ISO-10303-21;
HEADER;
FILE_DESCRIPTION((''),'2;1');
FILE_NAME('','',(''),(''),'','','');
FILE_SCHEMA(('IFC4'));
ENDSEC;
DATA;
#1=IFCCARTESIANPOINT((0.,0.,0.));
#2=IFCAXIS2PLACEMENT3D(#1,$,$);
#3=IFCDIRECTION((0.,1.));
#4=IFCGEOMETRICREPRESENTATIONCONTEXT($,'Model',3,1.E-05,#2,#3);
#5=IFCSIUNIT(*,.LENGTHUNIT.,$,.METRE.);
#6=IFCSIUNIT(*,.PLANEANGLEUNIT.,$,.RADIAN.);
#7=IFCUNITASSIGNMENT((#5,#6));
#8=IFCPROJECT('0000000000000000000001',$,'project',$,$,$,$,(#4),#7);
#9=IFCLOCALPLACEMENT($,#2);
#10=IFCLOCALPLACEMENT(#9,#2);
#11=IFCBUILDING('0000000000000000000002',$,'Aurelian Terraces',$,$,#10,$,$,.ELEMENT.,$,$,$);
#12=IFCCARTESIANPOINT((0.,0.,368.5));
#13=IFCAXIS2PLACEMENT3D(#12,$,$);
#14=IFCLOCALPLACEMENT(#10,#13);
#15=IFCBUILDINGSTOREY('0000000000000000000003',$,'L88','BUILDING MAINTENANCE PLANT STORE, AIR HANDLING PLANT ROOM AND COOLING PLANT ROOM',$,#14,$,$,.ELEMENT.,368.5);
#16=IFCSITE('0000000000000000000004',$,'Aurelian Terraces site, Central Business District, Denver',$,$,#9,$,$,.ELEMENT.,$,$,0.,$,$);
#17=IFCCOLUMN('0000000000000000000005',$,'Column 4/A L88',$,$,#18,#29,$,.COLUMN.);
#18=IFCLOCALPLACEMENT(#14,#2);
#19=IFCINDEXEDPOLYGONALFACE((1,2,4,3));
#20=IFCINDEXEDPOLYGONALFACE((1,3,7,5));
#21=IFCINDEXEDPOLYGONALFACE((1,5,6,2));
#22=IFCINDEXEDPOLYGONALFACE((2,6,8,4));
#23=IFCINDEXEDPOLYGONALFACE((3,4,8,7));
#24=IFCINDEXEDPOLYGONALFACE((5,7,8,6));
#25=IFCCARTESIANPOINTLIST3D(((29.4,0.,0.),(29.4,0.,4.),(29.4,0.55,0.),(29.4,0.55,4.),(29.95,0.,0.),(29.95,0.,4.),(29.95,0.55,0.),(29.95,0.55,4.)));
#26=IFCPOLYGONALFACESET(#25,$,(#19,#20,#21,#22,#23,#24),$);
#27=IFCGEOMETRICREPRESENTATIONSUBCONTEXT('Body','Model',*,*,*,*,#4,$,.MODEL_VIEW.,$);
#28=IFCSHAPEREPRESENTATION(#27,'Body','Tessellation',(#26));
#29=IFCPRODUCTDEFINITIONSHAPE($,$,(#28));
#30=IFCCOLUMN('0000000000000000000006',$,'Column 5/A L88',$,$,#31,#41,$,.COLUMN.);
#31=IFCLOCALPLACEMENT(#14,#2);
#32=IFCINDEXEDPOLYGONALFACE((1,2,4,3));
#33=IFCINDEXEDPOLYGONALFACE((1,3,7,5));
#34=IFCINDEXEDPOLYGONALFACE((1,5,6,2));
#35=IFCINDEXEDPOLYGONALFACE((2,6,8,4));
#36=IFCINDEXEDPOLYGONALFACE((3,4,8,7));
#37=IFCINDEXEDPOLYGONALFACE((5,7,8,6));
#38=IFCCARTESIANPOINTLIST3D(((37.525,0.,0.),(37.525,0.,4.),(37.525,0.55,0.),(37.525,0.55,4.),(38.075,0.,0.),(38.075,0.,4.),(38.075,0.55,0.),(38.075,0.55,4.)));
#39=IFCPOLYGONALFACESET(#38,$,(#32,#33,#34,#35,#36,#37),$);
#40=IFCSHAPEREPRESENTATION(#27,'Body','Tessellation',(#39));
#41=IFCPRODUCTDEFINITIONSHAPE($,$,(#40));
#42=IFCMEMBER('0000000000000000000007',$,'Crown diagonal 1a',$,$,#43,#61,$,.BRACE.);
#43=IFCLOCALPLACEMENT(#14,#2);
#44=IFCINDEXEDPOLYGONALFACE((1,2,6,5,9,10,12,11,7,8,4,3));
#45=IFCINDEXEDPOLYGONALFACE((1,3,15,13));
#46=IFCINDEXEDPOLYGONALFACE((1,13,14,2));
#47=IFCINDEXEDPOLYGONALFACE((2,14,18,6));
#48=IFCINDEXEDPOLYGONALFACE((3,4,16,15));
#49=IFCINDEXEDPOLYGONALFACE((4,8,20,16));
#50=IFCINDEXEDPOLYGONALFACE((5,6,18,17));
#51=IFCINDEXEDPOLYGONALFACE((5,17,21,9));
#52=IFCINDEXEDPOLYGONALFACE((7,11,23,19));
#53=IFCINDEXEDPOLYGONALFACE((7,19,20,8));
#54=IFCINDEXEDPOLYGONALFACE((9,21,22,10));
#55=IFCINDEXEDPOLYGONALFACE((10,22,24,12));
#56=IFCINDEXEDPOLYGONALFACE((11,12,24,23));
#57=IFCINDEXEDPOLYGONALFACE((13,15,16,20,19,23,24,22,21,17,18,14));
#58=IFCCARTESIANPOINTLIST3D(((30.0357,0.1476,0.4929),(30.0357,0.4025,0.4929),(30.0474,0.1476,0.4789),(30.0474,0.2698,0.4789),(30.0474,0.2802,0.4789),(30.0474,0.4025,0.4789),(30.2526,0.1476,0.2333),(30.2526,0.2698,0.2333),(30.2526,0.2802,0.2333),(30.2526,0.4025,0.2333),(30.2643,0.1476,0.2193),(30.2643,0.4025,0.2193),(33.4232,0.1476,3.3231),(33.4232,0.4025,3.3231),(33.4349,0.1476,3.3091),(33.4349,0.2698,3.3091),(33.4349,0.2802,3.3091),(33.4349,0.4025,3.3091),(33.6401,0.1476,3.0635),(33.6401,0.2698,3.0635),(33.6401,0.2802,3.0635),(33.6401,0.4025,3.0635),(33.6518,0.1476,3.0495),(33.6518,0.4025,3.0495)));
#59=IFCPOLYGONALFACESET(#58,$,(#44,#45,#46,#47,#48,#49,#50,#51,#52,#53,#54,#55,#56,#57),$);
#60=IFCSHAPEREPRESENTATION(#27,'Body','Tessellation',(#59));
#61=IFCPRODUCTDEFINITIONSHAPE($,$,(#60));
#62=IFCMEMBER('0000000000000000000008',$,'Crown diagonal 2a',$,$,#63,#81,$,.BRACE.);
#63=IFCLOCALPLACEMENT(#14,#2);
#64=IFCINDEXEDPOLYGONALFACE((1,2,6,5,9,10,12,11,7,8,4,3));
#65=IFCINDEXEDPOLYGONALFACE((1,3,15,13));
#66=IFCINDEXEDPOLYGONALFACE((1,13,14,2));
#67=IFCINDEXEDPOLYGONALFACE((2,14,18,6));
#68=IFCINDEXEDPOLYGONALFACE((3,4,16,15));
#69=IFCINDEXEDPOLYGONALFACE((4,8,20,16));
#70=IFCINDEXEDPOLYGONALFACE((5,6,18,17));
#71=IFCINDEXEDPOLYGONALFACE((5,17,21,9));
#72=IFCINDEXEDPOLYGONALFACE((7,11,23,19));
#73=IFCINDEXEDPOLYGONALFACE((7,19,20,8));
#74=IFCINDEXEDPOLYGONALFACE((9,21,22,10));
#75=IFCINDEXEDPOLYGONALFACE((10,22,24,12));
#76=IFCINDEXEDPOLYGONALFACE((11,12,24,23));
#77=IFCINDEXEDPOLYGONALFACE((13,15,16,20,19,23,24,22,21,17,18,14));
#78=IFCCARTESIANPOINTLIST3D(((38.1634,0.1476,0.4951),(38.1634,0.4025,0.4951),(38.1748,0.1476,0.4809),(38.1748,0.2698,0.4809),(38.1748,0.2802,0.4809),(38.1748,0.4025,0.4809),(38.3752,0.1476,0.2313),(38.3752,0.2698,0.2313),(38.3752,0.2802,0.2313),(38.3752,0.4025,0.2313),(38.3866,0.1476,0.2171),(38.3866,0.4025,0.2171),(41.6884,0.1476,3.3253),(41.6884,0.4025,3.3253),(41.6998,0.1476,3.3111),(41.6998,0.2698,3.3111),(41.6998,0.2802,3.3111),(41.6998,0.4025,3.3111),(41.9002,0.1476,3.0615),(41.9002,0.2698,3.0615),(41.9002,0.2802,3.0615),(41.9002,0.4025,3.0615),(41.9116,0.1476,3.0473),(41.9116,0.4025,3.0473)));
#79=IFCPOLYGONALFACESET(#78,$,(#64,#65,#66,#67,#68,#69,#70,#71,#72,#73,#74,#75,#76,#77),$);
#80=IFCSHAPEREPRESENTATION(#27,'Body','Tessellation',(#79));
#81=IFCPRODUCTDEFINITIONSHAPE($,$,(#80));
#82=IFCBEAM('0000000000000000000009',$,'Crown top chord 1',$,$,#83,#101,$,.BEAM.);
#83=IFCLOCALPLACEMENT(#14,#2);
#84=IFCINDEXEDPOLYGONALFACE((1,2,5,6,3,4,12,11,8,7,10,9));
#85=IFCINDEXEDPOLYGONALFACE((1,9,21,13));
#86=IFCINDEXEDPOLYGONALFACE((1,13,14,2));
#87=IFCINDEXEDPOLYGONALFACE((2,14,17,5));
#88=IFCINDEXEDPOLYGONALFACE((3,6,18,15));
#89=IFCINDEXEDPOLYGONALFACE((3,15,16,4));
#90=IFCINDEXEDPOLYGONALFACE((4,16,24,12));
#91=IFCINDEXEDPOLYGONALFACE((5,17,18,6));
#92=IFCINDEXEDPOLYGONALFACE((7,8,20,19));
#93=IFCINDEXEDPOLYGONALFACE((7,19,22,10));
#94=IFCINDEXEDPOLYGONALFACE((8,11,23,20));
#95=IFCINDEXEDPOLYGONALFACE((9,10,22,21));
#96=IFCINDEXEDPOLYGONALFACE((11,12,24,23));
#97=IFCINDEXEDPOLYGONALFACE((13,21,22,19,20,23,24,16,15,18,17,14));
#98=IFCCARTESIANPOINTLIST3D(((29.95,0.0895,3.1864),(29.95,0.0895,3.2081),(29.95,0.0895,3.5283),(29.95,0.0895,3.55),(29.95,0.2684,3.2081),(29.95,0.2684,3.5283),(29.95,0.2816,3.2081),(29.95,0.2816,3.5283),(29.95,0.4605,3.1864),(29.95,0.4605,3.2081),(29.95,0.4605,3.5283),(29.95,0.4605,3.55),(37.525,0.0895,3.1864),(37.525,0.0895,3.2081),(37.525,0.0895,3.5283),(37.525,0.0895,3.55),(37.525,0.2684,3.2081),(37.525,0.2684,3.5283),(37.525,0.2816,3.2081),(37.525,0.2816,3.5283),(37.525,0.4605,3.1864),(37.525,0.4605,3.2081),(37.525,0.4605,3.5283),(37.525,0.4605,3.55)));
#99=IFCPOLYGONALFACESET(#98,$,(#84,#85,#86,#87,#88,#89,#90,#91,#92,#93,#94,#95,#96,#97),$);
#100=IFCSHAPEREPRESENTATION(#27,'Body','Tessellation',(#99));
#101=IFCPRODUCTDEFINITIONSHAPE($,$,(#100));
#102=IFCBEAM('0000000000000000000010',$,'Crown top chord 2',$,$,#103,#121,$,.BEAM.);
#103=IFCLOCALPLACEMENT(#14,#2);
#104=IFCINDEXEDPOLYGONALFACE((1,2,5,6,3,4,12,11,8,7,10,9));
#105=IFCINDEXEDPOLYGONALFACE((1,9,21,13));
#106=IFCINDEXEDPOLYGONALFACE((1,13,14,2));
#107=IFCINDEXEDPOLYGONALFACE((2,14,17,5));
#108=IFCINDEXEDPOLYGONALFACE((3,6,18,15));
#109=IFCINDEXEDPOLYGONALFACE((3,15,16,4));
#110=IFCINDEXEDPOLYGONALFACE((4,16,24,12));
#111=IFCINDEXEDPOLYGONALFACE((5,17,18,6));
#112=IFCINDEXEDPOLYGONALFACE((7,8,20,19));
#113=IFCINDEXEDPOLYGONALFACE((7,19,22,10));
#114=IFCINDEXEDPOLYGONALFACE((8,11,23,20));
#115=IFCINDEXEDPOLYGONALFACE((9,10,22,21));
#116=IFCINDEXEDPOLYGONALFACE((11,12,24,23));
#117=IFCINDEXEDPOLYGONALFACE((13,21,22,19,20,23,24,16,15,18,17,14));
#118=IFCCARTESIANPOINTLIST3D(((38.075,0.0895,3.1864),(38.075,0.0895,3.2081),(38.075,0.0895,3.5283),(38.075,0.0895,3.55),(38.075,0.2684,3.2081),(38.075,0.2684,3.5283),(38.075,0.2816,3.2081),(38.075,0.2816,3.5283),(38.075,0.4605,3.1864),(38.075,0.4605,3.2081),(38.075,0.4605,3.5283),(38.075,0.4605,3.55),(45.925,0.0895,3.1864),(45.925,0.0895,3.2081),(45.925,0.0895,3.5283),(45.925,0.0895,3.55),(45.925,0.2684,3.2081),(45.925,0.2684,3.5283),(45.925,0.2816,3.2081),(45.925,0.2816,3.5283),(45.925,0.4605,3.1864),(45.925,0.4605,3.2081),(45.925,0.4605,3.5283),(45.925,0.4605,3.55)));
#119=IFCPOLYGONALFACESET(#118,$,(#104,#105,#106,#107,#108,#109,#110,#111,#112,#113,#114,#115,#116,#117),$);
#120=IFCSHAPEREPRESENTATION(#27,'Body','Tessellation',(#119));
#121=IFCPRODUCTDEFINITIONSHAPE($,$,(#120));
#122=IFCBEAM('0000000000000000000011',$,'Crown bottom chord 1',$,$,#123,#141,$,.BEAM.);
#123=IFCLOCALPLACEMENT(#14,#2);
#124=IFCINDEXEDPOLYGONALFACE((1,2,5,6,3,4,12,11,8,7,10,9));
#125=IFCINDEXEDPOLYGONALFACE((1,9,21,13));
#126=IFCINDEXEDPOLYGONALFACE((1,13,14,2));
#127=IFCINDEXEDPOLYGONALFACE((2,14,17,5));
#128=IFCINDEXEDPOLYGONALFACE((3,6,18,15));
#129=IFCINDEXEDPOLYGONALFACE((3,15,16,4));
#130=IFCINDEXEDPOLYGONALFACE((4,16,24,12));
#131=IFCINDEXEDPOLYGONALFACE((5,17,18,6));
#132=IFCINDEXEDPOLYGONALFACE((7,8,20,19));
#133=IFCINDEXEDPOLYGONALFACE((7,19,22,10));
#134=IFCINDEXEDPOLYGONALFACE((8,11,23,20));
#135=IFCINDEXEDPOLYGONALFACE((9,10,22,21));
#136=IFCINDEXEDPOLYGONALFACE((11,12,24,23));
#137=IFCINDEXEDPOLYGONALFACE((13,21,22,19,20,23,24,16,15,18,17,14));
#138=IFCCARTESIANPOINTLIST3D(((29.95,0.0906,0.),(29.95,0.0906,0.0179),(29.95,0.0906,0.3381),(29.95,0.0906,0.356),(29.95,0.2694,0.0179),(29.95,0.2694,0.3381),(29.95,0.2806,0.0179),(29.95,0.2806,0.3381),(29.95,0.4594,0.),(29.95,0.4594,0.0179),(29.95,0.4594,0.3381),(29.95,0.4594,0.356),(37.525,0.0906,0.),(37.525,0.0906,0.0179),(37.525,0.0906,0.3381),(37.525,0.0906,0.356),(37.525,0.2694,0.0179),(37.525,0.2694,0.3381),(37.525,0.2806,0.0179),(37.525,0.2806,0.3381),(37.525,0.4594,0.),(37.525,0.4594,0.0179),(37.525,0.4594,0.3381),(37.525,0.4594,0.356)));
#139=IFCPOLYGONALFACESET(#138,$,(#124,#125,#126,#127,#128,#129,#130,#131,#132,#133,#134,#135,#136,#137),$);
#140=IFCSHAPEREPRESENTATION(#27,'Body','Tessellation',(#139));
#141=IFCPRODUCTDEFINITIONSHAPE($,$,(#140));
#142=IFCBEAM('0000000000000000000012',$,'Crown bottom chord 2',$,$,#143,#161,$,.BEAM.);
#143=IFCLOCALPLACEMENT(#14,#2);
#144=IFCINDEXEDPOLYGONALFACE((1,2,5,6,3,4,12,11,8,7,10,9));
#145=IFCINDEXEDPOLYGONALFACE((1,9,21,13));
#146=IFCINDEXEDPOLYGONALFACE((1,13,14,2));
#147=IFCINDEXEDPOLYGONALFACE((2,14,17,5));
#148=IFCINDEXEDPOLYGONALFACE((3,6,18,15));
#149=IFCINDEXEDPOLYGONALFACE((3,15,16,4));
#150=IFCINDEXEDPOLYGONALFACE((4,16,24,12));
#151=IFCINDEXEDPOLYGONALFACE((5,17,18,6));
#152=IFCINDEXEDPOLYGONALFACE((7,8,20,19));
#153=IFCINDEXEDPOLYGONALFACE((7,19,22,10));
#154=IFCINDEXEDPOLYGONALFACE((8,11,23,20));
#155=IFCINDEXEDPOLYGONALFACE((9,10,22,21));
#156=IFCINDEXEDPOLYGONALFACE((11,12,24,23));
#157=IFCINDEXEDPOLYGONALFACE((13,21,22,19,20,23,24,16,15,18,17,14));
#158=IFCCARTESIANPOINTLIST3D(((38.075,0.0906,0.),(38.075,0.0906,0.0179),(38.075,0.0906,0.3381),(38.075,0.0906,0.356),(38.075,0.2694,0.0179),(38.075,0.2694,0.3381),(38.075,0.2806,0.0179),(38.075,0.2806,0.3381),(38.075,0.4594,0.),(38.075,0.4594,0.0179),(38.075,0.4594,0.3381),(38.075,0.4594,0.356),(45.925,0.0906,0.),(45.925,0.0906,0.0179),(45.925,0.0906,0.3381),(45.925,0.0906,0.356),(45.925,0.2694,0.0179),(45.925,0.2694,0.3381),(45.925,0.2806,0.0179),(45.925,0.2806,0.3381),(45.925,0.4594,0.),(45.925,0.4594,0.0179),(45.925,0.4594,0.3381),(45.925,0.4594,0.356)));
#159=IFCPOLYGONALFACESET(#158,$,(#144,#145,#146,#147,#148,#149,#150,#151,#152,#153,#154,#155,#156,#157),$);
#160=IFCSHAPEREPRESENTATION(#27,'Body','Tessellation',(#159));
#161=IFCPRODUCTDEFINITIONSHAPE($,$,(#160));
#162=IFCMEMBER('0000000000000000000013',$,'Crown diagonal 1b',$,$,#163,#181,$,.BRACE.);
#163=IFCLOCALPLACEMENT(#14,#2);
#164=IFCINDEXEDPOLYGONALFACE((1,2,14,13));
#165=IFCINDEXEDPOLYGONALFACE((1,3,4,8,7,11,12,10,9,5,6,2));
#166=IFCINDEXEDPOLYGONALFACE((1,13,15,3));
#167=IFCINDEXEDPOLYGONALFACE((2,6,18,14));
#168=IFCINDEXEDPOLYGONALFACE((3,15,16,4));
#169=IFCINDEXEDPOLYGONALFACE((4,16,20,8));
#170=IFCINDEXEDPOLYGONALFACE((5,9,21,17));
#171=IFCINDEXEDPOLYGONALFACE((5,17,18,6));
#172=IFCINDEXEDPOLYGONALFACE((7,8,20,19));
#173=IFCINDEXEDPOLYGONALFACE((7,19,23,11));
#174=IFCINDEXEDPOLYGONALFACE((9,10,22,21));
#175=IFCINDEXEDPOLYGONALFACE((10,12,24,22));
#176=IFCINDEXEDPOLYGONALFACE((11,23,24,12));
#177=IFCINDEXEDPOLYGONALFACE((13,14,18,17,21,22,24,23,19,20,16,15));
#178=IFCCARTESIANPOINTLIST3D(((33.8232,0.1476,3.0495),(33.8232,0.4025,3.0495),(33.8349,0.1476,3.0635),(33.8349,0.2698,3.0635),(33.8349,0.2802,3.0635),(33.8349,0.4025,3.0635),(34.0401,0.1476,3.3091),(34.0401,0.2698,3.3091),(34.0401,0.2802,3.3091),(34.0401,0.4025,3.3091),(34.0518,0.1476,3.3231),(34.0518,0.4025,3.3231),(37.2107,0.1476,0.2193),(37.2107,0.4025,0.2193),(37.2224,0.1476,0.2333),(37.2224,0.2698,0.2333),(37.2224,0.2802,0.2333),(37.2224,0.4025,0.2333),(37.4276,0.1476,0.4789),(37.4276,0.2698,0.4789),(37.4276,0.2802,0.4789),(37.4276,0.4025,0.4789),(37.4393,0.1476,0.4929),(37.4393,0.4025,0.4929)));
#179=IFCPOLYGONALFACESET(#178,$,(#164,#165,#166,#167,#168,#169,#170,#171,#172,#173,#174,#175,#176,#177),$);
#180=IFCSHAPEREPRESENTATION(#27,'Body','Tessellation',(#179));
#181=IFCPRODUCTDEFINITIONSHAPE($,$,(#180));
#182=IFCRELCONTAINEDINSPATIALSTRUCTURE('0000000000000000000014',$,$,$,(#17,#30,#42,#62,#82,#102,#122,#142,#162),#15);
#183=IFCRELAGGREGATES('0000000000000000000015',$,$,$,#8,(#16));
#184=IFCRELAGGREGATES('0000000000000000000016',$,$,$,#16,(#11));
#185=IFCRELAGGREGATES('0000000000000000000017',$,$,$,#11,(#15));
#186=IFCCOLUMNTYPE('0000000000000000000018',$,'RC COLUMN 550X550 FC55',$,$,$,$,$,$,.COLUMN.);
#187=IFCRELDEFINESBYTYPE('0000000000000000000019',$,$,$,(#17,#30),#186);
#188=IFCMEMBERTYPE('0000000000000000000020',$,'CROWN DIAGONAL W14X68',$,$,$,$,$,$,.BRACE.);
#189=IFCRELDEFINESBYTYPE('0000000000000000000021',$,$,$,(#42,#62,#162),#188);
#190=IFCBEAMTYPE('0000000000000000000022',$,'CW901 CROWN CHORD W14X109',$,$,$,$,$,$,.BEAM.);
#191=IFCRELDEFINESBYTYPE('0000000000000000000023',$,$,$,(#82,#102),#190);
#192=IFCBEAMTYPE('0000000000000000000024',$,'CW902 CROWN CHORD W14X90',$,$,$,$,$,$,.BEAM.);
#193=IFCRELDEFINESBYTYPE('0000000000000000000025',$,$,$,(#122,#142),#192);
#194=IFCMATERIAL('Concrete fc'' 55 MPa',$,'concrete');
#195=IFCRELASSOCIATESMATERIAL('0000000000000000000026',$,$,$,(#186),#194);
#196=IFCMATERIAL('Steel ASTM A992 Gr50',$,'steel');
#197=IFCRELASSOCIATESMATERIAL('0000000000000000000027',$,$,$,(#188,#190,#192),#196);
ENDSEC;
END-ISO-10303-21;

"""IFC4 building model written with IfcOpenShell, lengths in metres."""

from ifc_helpers import new_model, si_unit, direction, frame, origin, origin_2d, place, context, subcontext, project, spatial, rectangle, i_section, extrude, source, transform, mapped, material, material_profile, profile_set, type_object, element, save


model = new_model("IFC4")

# Units and contexts
model_context = context("Model", 3, precision=1e-05, world=origin(), true_north=direction((0.0, 1.0)))
body_context = subcontext(model_context, "Body", "Model", "MODEL_VIEW")
ifc_project = project(units=[si_unit("LENGTHUNIT", "METRE"), si_unit("PLANEANGLEUNIT", "RADIAN")], contexts=[model_context])

# Site, building, storey
site_placement = place(None, origin())
site = spatial("IfcSite", under=ifc_project, at=site_placement, Name="Aurelian Terraces site, Central Business District, Denver", CompositionType="ELEMENT", RefElevation=0.0)
building_placement = place(site_placement, origin())
building = spatial("IfcBuilding", under=site, at=building_placement, Name="Aurelian Terraces", CompositionType="ELEMENT")
storey_placement = place(building_placement, frame((0.0, 0.0, 368.5)))
storey = spatial("IfcBuildingStorey", under=building, at=storey_placement, Name="L88", Description="BUILDING MAINTENANCE PLANT STORE, AIR HANDLING PLANT ROOM AND COOLING PLANT ROOM", CompositionType="ELEMENT", Elevation=368.5)

# Columns
ifc_material_1 = material(Name="Concrete fc' 55 MPa", Category="concrete")
ifc_material_profile_1 = material_profile(ifc_material_1, rectangle(XDim=0.55, YDim=0.55, at=origin_2d()))
ifc_profile_set_1 = profile_set([ifc_material_profile_1], Name="Concrete fc' 55 MPa")
column_type = type_object("IfcColumnType", Name="RC COLUMN 550X550 FC55", PredefinedType="COLUMN", material=ifc_profile_set_1)
column_1_placement = place(storey_placement, frame((29.675, 0.275, 0.0), z_axis=(0.0, 0.0, 1.0), x_axis=(1.0, 0.0, 0.0)))
element("IfcColumn", 1, at=column_1_placement, inside=storey, type_object=column_type, Name="Column 4/A L88", PredefinedType="COLUMN", context=body_context, shape_type="SweptSolid", body=[
    extrude(rectangle(XDim=0.55, YDim=0.55, at=origin_2d()), origin(), (0.0, 0.0, 1.0), 4.0),
])
shared_shape_1 = source(origin(), body_context, "Body", "SweptSolid", [
    extrude(rectangle(XDim=0.55, YDim=0.55, at=origin_2d()), origin(), (0.0, 0.0, 1.0), 4.0),
])
column_2_placement = place(storey_placement, frame((37.8, 0.275, 0.0), z_axis=(0.0, 0.0, 1.0), x_axis=(1.0, 0.0, 0.0)))
element("IfcColumn", 2, at=column_2_placement, inside=storey, type_object=column_type, Name="Column 5/A L88", PredefinedType="COLUMN", context=body_context, shape_type="MappedRepresentation", body=[
    mapped(shared_shape_1, transform((0.0, 0.0, 0.0), scale=1.0)),
])

# Members
ifc_material_2 = material(Name="Steel ASTM A992 Gr50", Category="steel")
ifc_material_profile_2 = material_profile(ifc_material_2, i_section(OverallWidth=0.2549, OverallDepth=0.3566, WebThickness=0.0105, FlangeThickness=0.0183, at=origin_2d()))
ifc_profile_set_2 = profile_set([ifc_material_profile_2], Name="Steel ASTM A992 Gr50")
member_type = type_object("IfcMemberType", Name="CROWN DIAGONAL W14X68", PredefinedType="BRACE", material=ifc_profile_set_2)
member_1_placement = place(storey_placement, frame((30.15, 0.275, 0.3561), z_axis=(0.767409, 0.0, 0.641158), x_axis=(0.0, 1.0, 0.0)))
element("IfcMember", 3, at=member_1_placement, inside=storey, type_object=member_type, Name="Crown diagonal 1a", PredefinedType="BRACE", context=body_context, shape_type="SweptSolid", body=[
    extrude(i_section(OverallWidth=0.2549, OverallDepth=0.3566, WebThickness=0.0105, FlangeThickness=0.0183, at=origin_2d()), origin(), (0.0, 0.0, 1.0), 4.4142),
])
member_2_placement = place(storey_placement, frame((38.275, 0.275, 0.3561), z_axis=(0.779767, 0.0, 0.62607), x_axis=(0.0, 1.0, 0.0)))
element("IfcMember", 4, at=member_2_placement, inside=storey, type_object=member_type, Name="Crown diagonal 2a", PredefinedType="BRACE", context=body_context, shape_type="SweptSolid", body=[
    extrude(i_section(OverallWidth=0.2549, OverallDepth=0.3566, WebThickness=0.0105, FlangeThickness=0.0183, at=origin_2d()), origin(), (0.0, 0.0, 1.0), 4.5206),
])

# Beams
ifc_material_profile_3 = material_profile(ifc_material_2, i_section(OverallWidth=0.371, OverallDepth=0.3637, WebThickness=0.0133, FlangeThickness=0.0218, at=origin_2d()))
ifc_profile_set_3 = profile_set([ifc_material_profile_3], Name="Steel ASTM A992 Gr50")
beam_type_1 = type_object("IfcBeamType", Name="CW901 CROWN CHORD W14X109", PredefinedType="BEAM", material=ifc_profile_set_3)
beam_1_placement = place(storey_placement, frame((29.95, 0.275, 3.3682), z_axis=(1.0, 0.0, 0.0), x_axis=(0.0, 1.0, 0.0)))
element("IfcBeam", 5, at=beam_1_placement, inside=storey, type_object=beam_type_1, Name="Crown top chord 1", PredefinedType="BEAM", context=body_context, shape_type="SweptSolid", body=[
    extrude(i_section(OverallWidth=0.371, OverallDepth=0.3637, WebThickness=0.0133, FlangeThickness=0.0218, at=origin_2d()), origin(), (0.0, 0.0, 1.0), 7.575),
])
beam_2_placement = place(storey_placement, frame((38.075, 0.275, 3.3682), z_axis=(1.0, 0.0, 0.0), x_axis=(0.0, 1.0, 0.0)))
element("IfcBeam", 6, at=beam_2_placement, inside=storey, type_object=beam_type_1, Name="Crown top chord 2", PredefinedType="BEAM", context=body_context, shape_type="SweptSolid", body=[
    extrude(i_section(OverallWidth=0.371, OverallDepth=0.3637, WebThickness=0.0133, FlangeThickness=0.0218, at=origin_2d()), origin(), (0.0, 0.0, 1.0), 7.85),
])
ifc_material_profile_4 = material_profile(ifc_material_2, i_section(OverallWidth=0.3688, OverallDepth=0.3561, WebThickness=0.0112, FlangeThickness=0.018, at=origin_2d()))
ifc_profile_set_4 = profile_set([ifc_material_profile_4], Name="Steel ASTM A992 Gr50")
beam_type_2 = type_object("IfcBeamType", Name="CW902 CROWN CHORD W14X90", PredefinedType="BEAM", material=ifc_profile_set_4)
beam_3_placement = place(storey_placement, frame((29.95, 0.275, 0.178), z_axis=(1.0, 0.0, 0.0), x_axis=(0.0, 1.0, 0.0)))
element("IfcBeam", 7, at=beam_3_placement, inside=storey, type_object=beam_type_2, Name="Crown bottom chord 1", PredefinedType="BEAM", context=body_context, shape_type="SweptSolid", body=[
    extrude(i_section(OverallWidth=0.3688, OverallDepth=0.3561, WebThickness=0.0112, FlangeThickness=0.018, at=origin_2d()), origin(), (0.0, 0.0, 1.0), 7.575),
])
beam_4_placement = place(storey_placement, frame((38.075, 0.275, 0.178), z_axis=(1.0, 0.0, 0.0), x_axis=(0.0, 1.0, 0.0)))
element("IfcBeam", 8, at=beam_4_placement, inside=storey, type_object=beam_type_2, Name="Crown bottom chord 2", PredefinedType="BEAM", context=body_context, shape_type="SweptSolid", body=[
    extrude(i_section(OverallWidth=0.3688, OverallDepth=0.3561, WebThickness=0.0112, FlangeThickness=0.018, at=origin_2d()), origin(), (0.0, 0.0, 1.0), 7.85),
])

# Member
shared_shape_2 = source(origin(), body_context, "Body", "SweptSolid", [
    extrude(i_section(OverallWidth=0.2549, OverallDepth=0.3566, WebThickness=0.0105, FlangeThickness=0.0183, at=origin_2d()), origin(), (0.0, 0.0, 1.0), 4.4142),
])
member_3_placement = place(storey_placement, frame((33.9375, 0.275, 3.1863), z_axis=(0.767409, 0.0, -0.641158), x_axis=(0.0, 1.0, 0.0)))
element("IfcMember", 9, at=member_3_placement, inside=storey, type_object=member_type, Name="Crown diagonal 1b", PredefinedType="BRACE", context=body_context, shape_type="MappedRepresentation", body=[
    mapped(shared_shape_2, transform((0.0, 0.0, 0.0), scale=1.0)),
])

save(model, "model.ifc")
